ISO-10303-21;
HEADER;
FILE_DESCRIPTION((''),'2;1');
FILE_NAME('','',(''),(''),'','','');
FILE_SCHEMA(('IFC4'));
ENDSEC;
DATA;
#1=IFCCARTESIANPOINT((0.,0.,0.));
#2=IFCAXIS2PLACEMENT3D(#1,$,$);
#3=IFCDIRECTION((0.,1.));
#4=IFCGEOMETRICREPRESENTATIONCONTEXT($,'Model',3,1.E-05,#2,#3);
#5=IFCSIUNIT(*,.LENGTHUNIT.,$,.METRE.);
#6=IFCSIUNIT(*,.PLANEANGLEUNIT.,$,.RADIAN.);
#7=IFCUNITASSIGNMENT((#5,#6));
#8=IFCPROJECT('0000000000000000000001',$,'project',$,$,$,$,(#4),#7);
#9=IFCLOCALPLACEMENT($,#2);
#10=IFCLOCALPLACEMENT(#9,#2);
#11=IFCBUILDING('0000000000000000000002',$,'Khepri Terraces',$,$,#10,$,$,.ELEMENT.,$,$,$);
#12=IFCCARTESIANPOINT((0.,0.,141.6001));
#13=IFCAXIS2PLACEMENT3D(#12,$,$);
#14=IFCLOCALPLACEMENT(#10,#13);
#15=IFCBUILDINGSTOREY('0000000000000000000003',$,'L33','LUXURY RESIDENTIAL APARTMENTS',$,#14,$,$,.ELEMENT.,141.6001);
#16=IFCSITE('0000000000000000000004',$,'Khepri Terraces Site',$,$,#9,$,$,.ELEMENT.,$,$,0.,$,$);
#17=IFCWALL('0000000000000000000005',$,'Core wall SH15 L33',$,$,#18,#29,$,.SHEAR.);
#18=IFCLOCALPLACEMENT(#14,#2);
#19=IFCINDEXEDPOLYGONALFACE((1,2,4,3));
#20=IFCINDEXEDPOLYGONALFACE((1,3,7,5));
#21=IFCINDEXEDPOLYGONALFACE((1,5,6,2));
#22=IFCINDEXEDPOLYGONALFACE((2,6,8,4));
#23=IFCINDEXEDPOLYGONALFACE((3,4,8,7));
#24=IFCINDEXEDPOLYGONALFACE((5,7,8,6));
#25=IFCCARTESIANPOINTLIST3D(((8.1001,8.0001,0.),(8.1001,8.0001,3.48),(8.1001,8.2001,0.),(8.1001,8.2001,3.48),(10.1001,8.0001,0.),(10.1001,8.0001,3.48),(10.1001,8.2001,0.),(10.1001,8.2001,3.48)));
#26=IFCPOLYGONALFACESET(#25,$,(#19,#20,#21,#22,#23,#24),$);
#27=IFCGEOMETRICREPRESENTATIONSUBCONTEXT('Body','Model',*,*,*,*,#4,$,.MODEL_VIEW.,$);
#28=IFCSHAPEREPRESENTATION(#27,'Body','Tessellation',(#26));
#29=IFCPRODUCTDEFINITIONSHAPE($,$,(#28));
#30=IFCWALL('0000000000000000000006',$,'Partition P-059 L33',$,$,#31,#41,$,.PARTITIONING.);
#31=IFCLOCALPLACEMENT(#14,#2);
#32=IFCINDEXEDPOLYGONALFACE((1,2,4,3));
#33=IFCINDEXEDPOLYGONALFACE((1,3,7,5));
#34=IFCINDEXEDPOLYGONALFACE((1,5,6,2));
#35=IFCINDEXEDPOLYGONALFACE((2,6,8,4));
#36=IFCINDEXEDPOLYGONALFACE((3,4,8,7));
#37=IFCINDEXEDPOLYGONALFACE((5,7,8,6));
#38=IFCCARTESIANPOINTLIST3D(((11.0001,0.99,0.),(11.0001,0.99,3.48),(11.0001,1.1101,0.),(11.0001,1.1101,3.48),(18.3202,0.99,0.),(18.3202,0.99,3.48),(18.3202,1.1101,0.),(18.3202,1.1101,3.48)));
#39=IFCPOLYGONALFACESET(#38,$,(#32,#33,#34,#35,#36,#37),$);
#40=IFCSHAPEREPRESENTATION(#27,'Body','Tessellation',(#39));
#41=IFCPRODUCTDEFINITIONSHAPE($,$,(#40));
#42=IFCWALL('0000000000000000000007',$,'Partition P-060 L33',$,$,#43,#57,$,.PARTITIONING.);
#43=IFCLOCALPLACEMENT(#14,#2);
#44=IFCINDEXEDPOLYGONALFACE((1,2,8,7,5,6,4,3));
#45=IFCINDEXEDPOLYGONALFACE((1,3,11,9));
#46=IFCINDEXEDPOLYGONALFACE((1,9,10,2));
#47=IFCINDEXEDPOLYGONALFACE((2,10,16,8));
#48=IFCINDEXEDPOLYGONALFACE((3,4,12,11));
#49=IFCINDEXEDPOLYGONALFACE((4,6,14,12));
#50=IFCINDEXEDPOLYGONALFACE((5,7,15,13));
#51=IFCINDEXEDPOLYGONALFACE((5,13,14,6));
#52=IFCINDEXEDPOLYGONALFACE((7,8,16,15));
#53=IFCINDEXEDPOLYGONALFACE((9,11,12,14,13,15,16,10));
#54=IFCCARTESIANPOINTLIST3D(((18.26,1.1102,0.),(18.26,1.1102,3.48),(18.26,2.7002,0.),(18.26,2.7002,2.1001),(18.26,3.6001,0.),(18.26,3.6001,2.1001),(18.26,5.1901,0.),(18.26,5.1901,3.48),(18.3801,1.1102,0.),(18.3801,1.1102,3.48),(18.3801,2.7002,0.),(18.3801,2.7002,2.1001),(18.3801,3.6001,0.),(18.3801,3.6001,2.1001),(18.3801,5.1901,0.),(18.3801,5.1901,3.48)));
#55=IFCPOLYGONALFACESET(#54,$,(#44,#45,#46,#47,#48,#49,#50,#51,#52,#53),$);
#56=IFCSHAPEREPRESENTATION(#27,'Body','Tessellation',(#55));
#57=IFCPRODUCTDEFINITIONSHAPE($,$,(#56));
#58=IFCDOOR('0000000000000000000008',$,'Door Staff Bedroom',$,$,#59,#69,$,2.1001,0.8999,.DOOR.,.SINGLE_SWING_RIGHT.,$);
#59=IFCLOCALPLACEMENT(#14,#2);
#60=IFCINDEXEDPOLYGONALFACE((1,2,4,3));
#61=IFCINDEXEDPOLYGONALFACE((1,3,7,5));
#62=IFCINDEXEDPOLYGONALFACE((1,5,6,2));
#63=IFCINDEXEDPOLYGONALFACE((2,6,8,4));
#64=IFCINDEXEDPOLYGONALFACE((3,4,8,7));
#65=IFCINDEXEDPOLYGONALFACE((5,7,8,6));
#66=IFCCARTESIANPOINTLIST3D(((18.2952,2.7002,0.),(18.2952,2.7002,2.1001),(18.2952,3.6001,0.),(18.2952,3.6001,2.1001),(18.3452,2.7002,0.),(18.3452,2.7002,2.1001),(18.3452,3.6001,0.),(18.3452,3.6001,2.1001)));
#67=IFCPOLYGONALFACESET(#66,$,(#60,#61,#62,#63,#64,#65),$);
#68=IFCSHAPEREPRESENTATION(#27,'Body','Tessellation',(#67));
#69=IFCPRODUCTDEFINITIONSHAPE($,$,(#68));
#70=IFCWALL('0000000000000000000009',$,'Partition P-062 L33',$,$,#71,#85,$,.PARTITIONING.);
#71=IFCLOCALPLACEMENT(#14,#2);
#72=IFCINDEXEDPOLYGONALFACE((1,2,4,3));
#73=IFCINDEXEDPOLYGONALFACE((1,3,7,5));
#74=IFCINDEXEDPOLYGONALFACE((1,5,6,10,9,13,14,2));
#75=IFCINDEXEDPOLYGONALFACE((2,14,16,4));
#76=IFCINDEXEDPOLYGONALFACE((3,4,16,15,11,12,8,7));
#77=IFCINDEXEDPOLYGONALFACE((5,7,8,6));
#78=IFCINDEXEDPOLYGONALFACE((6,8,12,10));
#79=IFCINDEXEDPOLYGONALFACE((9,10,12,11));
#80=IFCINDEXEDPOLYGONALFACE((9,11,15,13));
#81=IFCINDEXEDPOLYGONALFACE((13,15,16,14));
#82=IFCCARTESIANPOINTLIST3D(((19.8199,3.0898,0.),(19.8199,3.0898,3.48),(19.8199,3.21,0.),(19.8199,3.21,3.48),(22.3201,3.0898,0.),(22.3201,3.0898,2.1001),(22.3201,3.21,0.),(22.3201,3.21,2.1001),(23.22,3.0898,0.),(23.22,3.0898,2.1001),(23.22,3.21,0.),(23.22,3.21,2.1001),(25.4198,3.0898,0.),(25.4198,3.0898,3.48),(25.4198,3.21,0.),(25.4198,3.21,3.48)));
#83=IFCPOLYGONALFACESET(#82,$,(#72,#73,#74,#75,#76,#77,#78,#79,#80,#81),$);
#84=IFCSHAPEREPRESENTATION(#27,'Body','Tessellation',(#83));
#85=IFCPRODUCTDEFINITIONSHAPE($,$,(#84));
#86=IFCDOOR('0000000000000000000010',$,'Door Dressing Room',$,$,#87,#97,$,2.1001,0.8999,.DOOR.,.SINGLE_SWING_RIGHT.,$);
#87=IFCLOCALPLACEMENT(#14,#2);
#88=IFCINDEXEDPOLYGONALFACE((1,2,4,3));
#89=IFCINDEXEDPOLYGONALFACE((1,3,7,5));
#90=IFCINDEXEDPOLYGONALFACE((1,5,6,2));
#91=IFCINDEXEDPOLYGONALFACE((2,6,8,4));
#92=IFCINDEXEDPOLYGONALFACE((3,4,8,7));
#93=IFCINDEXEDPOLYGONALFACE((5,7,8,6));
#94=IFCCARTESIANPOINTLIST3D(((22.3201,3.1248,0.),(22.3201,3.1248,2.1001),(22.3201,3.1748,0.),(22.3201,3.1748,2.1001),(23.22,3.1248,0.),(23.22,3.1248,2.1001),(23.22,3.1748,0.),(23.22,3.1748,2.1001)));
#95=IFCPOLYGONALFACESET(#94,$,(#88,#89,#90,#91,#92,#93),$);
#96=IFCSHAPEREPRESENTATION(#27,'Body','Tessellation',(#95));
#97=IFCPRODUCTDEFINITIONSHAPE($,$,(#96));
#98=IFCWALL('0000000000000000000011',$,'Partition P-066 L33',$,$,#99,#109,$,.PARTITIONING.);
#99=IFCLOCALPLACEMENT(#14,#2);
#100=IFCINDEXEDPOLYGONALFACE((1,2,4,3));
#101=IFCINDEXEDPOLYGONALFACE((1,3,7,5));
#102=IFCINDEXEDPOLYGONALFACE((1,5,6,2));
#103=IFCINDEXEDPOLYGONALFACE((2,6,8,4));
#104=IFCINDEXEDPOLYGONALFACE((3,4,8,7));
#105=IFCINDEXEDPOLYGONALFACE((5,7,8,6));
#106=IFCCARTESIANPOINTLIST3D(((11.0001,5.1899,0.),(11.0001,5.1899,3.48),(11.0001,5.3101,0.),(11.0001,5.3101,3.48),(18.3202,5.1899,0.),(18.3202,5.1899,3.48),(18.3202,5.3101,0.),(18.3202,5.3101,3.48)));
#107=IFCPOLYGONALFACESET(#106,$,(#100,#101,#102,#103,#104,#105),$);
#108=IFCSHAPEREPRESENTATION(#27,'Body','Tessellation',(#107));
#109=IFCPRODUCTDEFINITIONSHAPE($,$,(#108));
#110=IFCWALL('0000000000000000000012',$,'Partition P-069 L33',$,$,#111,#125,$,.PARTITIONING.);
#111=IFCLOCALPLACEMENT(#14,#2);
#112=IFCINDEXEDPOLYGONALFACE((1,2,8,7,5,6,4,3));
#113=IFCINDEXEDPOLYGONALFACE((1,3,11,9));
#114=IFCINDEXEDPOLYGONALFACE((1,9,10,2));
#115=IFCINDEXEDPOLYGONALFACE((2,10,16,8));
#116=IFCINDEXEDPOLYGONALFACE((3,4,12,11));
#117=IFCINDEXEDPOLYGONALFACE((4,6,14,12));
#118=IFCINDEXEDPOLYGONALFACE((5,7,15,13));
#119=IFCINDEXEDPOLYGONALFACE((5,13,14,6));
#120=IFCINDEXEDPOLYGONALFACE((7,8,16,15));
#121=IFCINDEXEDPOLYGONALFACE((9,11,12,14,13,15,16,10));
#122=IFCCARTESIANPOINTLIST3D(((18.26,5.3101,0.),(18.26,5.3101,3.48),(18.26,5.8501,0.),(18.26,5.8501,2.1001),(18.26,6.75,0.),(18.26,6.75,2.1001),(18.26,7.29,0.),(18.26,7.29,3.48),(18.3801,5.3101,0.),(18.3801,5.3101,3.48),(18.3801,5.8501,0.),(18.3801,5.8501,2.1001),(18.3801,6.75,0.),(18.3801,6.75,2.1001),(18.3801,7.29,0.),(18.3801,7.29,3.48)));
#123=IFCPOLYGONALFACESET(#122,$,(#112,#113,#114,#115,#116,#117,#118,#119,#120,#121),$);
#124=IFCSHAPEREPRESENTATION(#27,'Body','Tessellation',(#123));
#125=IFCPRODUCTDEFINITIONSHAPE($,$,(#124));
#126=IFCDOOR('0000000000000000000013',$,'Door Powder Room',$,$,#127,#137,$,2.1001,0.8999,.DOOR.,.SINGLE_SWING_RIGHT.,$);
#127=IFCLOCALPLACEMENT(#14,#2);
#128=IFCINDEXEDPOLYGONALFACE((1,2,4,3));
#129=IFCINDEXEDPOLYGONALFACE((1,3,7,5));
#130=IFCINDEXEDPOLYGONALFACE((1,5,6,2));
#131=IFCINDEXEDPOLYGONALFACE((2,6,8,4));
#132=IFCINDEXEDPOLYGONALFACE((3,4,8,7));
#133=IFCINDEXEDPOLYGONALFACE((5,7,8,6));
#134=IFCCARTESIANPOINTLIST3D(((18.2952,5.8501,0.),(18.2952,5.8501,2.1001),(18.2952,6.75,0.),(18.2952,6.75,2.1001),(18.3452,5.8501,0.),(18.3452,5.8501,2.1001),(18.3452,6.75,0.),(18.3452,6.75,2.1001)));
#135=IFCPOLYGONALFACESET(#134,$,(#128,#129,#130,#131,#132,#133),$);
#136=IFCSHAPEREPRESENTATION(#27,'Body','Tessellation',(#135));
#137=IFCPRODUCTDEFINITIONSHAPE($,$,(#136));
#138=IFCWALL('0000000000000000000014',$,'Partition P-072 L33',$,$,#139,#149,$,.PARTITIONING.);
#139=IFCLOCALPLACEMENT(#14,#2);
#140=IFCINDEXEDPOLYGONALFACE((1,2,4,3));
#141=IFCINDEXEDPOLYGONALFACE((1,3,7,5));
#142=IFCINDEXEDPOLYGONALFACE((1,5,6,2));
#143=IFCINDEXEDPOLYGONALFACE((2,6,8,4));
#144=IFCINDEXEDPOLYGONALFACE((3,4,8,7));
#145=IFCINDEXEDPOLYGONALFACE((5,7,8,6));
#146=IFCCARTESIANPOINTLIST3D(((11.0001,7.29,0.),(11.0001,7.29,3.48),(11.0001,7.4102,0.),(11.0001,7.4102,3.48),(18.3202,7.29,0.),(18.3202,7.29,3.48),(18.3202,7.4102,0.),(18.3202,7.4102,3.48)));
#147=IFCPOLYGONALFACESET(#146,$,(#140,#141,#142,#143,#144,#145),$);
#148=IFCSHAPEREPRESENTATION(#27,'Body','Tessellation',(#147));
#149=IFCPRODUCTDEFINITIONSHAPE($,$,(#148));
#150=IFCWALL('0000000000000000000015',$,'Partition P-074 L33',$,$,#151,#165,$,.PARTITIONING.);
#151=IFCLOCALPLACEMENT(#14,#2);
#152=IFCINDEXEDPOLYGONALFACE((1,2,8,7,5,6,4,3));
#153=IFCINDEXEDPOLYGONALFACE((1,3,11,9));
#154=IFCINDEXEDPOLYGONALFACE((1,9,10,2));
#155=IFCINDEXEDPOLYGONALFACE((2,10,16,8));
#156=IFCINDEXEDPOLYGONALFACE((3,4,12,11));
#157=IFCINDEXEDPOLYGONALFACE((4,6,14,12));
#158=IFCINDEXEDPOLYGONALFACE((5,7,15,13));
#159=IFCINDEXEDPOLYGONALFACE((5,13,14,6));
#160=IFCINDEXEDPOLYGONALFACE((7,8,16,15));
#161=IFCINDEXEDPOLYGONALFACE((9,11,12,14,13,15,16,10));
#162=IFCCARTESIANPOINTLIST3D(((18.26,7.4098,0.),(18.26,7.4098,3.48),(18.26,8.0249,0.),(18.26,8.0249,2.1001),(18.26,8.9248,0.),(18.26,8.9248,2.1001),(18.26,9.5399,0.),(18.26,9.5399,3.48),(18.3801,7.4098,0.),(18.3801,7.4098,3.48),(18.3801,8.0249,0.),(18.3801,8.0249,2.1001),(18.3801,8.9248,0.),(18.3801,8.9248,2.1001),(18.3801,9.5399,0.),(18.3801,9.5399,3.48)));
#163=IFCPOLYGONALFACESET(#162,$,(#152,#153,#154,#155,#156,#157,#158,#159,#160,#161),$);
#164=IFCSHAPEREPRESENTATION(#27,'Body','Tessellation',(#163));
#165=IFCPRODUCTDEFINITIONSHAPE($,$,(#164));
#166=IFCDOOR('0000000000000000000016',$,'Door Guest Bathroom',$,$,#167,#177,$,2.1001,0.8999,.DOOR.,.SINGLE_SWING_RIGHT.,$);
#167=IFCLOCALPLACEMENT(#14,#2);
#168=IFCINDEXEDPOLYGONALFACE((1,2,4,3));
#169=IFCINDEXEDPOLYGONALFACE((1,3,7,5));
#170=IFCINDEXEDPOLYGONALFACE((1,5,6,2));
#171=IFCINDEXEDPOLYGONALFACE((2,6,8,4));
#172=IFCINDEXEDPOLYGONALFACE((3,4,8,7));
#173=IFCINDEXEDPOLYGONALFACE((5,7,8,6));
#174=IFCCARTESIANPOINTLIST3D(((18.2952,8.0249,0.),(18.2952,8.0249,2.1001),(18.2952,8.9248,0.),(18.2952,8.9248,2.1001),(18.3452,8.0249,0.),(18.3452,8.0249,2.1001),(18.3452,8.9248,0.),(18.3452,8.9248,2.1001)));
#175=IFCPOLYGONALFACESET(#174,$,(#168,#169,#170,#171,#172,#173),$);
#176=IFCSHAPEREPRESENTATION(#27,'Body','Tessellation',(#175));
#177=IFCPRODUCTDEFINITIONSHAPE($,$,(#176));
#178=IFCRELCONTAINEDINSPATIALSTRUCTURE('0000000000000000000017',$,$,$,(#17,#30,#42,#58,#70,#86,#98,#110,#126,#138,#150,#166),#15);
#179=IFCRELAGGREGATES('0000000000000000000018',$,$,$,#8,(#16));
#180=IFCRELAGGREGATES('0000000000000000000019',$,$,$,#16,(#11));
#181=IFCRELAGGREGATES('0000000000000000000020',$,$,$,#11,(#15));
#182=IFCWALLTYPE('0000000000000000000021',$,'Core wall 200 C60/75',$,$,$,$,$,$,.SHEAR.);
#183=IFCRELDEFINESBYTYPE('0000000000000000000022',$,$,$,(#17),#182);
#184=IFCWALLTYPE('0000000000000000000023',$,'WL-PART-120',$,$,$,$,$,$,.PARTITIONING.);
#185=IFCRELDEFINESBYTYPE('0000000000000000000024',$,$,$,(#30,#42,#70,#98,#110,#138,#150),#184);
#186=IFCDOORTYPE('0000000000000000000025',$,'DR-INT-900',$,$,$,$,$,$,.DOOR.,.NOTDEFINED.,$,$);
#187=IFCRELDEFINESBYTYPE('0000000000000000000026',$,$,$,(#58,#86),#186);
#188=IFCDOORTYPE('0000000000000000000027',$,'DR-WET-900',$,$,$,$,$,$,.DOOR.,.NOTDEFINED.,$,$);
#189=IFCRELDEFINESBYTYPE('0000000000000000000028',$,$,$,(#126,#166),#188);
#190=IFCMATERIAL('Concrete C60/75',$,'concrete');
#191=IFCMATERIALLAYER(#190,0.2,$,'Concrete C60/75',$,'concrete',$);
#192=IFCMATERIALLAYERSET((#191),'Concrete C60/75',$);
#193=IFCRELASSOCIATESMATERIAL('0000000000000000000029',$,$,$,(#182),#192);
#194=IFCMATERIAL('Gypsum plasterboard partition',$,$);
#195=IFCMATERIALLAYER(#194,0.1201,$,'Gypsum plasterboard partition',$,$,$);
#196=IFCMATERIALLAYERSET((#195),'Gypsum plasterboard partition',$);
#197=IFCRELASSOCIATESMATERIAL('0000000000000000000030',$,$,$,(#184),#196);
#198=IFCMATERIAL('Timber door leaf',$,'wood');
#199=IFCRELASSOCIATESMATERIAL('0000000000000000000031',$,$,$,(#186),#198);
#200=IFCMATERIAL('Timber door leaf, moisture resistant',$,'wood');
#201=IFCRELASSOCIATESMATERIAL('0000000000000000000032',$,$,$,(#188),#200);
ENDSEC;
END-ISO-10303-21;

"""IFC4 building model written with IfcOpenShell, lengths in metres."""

from ifc_helpers import new_model, si_unit, direction, frame, frame_2d, origin, place, context, subcontext, project, spatial, rectangle, extrude, material, layer, layer_set, type_object, element, fill, save


model = new_model("IFC4")

# Units and contexts
model_context = context("Model", 3, precision=1e-05, world=origin(), true_north=direction((0.0, 1.0)))
body_context = subcontext(model_context, "Body", "Model", "MODEL_VIEW")
ifc_project = project(units=[si_unit("LENGTHUNIT", "METRE"), si_unit("PLANEANGLEUNIT", "RADIAN")], contexts=[model_context])

# Site, building, storey
site_placement = place(None, origin())
site = spatial("IfcSite", under=ifc_project, at=site_placement, Name="Khepri Terraces Site", CompositionType="ELEMENT", RefElevation=0.0)
building_placement = place(site_placement, origin())
building = spatial("IfcBuilding", under=site, at=building_placement, Name="Khepri Terraces", CompositionType="ELEMENT")
storey_placement = place(building_placement, frame((0.0, 0.0, 141.6001)))
storey = spatial("IfcBuildingStorey", under=building, at=storey_placement, Name="L33", Description="LUXURY RESIDENTIAL APARTMENTS", CompositionType="ELEMENT", Elevation=141.6001)

# Walls
ifc_material_1 = material(Name="Concrete C60/75", Category="concrete")
ifc_layer_1 = layer(ifc_material_1, 0.2, Name="Concrete C60/75", Category="concrete")
ifc_layer_set_1 = layer_set([ifc_layer_1], Name="Concrete C60/75")
wall_type_1 = type_object("IfcWallType", Name="Core wall 200 C60/75", PredefinedType="SHEAR", material=ifc_layer_set_1)
wall_1_placement = place(storey_placement, frame((8.1001, 8.1001, 0.0), z_axis=(0.0, 0.0, 1.0), x_axis=(1.0, 0.0, 0.0)))
element("IfcWall", 1, at=wall_1_placement, inside=storey, type_object=wall_type_1, Name="Core wall SH15 L33", PredefinedType="SHEAR", context=body_context, shape_type="SweptSolid", body=[
    extrude(rectangle(XDim=2.0, YDim=0.2, at=frame_2d((1.0, 0.0))), origin(), (0.0, 0.0, 1.0), 3.48),
])
ifc_material_2 = material(Name="Gypsum plasterboard partition")
ifc_layer_2 = layer(ifc_material_2, 0.1201, Name="Gypsum plasterboard partition")
ifc_layer_set_2 = layer_set([ifc_layer_2], Name="Gypsum plasterboard partition")
wall_type_2 = type_object("IfcWallType", Name="WL-PART-120", PredefinedType="PARTITIONING", material=ifc_layer_set_2)
wall_2_placement = place(storey_placement, frame((11.0, 1.05, 0.0), z_axis=(0.0, 0.0, 1.0), x_axis=(1.0, 0.0, 0.0)))
element("IfcWall", 2, at=wall_2_placement, inside=storey, type_object=wall_type_2, Name="Partition P-059 L33", PredefinedType="PARTITIONING", context=body_context, shape_type="SweptSolid", body=[
    extrude(rectangle(XDim=7.3201, YDim=0.1201, at=frame_2d((3.6602, 0.0))), origin(), (0.0, 0.0, 1.0), 3.48),
])

# Walls, openings, doors
wall_3_placement = place(storey_placement, frame((18.3201, 1.1101, 0.0), z_axis=(0.0, 0.0, 1.0), x_axis=(0.0, 1.0, 0.0)))
wall_3 = element("IfcWall", 3, at=wall_3_placement, inside=storey, type_object=wall_type_2, Name="Partition P-060 L33", PredefinedType="PARTITIONING", context=body_context, shape_type="SweptSolid", body=[
    extrude(rectangle(XDim=4.0798, YDim=0.1201, at=frame_2d((2.04, 0.0))), origin(), (0.0, 0.0, 1.0), 3.48),
])
opening_1_placement = place(wall_3_placement, frame((1.5901, 0.0, 0.0)))
opening_1 = element("IfcOpeningElement", 4, at=opening_1_placement, cuts=wall_3, PredefinedType="OPENING", context=body_context, shape_type="SweptSolid", body=[
    extrude(rectangle(XDim=0.8999, YDim=2.1001, at=frame_2d((0.45, 1.05))), frame((0.0, 0.0701, 0.0), z_axis=(0.0, -1.0, 0.0), x_axis=(1.0, 0.0, 0.0)), (0.0, 0.0, 1.0), 0.1401),
])
ifc_material_3 = material(Name="Timber door leaf", Category="wood")
door_type_1 = type_object("IfcDoorType", Name="DR-INT-900", OperationType="NOTDEFINED", PredefinedType="DOOR", material=ifc_material_3)
door_1_placement = place(opening_1_placement, origin())
door_1 = element("IfcDoor", 5, at=door_1_placement, inside=storey, type_object=door_type_1, Name="Door Staff Bedroom", OperationType="SINGLE_SWING_RIGHT", OverallHeight=2.1001, OverallWidth=0.8999, PredefinedType="DOOR", context=body_context, shape_type="SweptSolid", body=[
    extrude(rectangle(XDim=0.8999, YDim=2.1001, at=frame_2d((0.45, 1.05))), frame((0.0, 0.0249, 0.0), z_axis=(0.0, -1.0, 0.0), x_axis=(1.0, 0.0, 0.0)), (0.0, 0.0, 1.0), 0.05),
])
fill(opening_1, door_1)
wall_4_placement = place(storey_placement, frame((19.8201, 3.1499, 0.0), z_axis=(0.0, 0.0, 1.0), x_axis=(1.0, 0.0, 0.0)))
wall_4 = element("IfcWall", 6, at=wall_4_placement, inside=storey, type_object=wall_type_2, Name="Partition P-062 L33", PredefinedType="PARTITIONING", context=body_context, shape_type="SweptSolid", body=[
    extrude(rectangle(XDim=5.5999, YDim=0.1201, at=frame_2d((2.7998, 0.0))), origin(), (0.0, 0.0, 1.0), 3.48),
])
opening_2_placement = place(wall_4_placement, frame((2.5, 0.0, 0.0)))
opening_2 = element("IfcOpeningElement", 7, at=opening_2_placement, cuts=wall_4, PredefinedType="OPENING", context=body_context, shape_type="SweptSolid", body=[
    extrude(rectangle(XDim=0.8999, YDim=2.1001, at=frame_2d((0.45, 1.05))), frame((0.0, 0.0701, 0.0), z_axis=(0.0, -1.0, 0.0), x_axis=(1.0, 0.0, 0.0)), (0.0, 0.0, 1.0), 0.1401),
])
door_2_placement = place(opening_2_placement, origin())
door_2 = element("IfcDoor", 8, at=door_2_placement, inside=storey, type_object=door_type_1, Name="Door Dressing Room", OperationType="SINGLE_SWING_RIGHT", OverallHeight=2.1001, OverallWidth=0.8999, PredefinedType="DOOR", context=body_context, shape_type="SweptSolid", body=[
    extrude(rectangle(XDim=0.8999, YDim=2.1001, at=frame_2d((0.45, 1.05))), frame((0.0, 0.0249, 0.0), z_axis=(0.0, -1.0, 0.0), x_axis=(1.0, 0.0, 0.0)), (0.0, 0.0, 1.0), 0.05),
])
fill(opening_2, door_2)

# Wall
wall_5_placement = place(storey_placement, frame((11.0, 5.25, 0.0), z_axis=(0.0, 0.0, 1.0), x_axis=(1.0, 0.0, 0.0)))
element("IfcWall", 9, at=wall_5_placement, inside=storey, type_object=wall_type_2, Name="Partition P-066 L33", PredefinedType="PARTITIONING", context=body_context, shape_type="SweptSolid", body=[
    extrude(rectangle(XDim=7.3201, YDim=0.1201, at=frame_2d((3.6602, 0.0))), origin(), (0.0, 0.0, 1.0), 3.48),
])

# Wall, opening, door
wall_6_placement = place(storey_placement, frame((18.3201, 5.3101, 0.0), z_axis=(0.0, 0.0, 1.0), x_axis=(0.0, 1.0, 0.0)))
wall_6 = element("IfcWall", 10, at=wall_6_placement, inside=storey, type_object=wall_type_2, Name="Partition P-069 L33", PredefinedType="PARTITIONING", context=body_context, shape_type="SweptSolid", body=[
    extrude(rectangle(XDim=1.98, YDim=0.1201, at=frame_2d((0.99, 0.0))), origin(), (0.0, 0.0, 1.0), 3.48),
])
opening_3_placement = place(wall_6_placement, frame((0.54, 0.0, 0.0)))
opening_3 = element("IfcOpeningElement", 11, at=opening_3_placement, cuts=wall_6, PredefinedType="OPENING", context=body_context, shape_type="SweptSolid", body=[
    extrude(rectangle(XDim=0.8999, YDim=2.1001, at=frame_2d((0.45, 1.05))), frame((0.0, 0.0701, 0.0), z_axis=(0.0, -1.0, 0.0), x_axis=(1.0, 0.0, 0.0)), (0.0, 0.0, 1.0), 0.1401),
])
ifc_material_4 = material(Name="Timber door leaf, moisture resistant", Category="wood")
door_type_2 = type_object("IfcDoorType", Name="DR-WET-900", OperationType="NOTDEFINED", PredefinedType="DOOR", material=ifc_material_4)
door_3_placement = place(opening_3_placement, origin())
door_3 = element("IfcDoor", 12, at=door_3_placement, inside=storey, type_object=door_type_2, Name="Door Powder Room", OperationType="SINGLE_SWING_RIGHT", OverallHeight=2.1001, OverallWidth=0.8999, PredefinedType="DOOR", context=body_context, shape_type="SweptSolid", body=[
    extrude(rectangle(XDim=0.8999, YDim=2.1001, at=frame_2d((0.45, 1.05))), frame((0.0, 0.0249, 0.0), z_axis=(0.0, -1.0, 0.0), x_axis=(1.0, 0.0, 0.0)), (0.0, 0.0, 1.0), 0.05),
])
fill(opening_3, door_3)

# Wall
wall_7_placement = place(storey_placement, frame((11.0, 7.3501, 0.0), z_axis=(0.0, 0.0, 1.0), x_axis=(1.0, 0.0, 0.0)))
element("IfcWall", 13, at=wall_7_placement, inside=storey, type_object=wall_type_2, Name="Partition P-072 L33", PredefinedType="PARTITIONING", context=body_context, shape_type="SweptSolid", body=[
    extrude(rectangle(XDim=7.3201, YDim=0.1201, at=frame_2d((3.6602, 0.0))), origin(), (0.0, 0.0, 1.0), 3.48),
])

# Wall, opening, door
wall_8_placement = place(storey_placement, frame((18.3201, 7.4099, 0.0), z_axis=(0.0, 0.0, 1.0), x_axis=(0.0, 1.0, 0.0)))
wall_8 = element("IfcWall", 14, at=wall_8_placement, inside=storey, type_object=wall_type_2, Name="Partition P-074 L33", PredefinedType="PARTITIONING", context=body_context, shape_type="SweptSolid", body=[
    extrude(rectangle(XDim=2.1301, YDim=0.1201, at=frame_2d((1.0649, 0.0))), origin(), (0.0, 0.0, 1.0), 3.48),
])
opening_4_placement = place(wall_8_placement, frame((0.615, 0.0, 0.0)))
opening_4 = element("IfcOpeningElement", 15, at=opening_4_placement, cuts=wall_8, PredefinedType="OPENING", context=body_context, shape_type="SweptSolid", body=[
    extrude(rectangle(XDim=0.8999, YDim=2.1001, at=frame_2d((0.45, 1.05))), frame((0.0, 0.0701, 0.0), z_axis=(0.0, -1.0, 0.0), x_axis=(1.0, 0.0, 0.0)), (0.0, 0.0, 1.0), 0.1401),
])
door_4_placement = place(opening_4_placement, origin())
door_4 = element("IfcDoor", 16, at=door_4_placement, inside=storey, type_object=door_type_2, Name="Door Guest Bathroom", OperationType="SINGLE_SWING_RIGHT", OverallHeight=2.1001, OverallWidth=0.8999, PredefinedType="DOOR", context=body_context, shape_type="SweptSolid", body=[
    extrude(rectangle(XDim=0.8999, YDim=2.1001, at=frame_2d((0.45, 1.05))), frame((0.0, 0.0249, 0.0), z_axis=(0.0, -1.0, 0.0), x_axis=(1.0, 0.0, 0.0)), (0.0, 0.0, 1.0), 0.05),
])
fill(opening_4, door_4)

save(model, "model.ifc")
